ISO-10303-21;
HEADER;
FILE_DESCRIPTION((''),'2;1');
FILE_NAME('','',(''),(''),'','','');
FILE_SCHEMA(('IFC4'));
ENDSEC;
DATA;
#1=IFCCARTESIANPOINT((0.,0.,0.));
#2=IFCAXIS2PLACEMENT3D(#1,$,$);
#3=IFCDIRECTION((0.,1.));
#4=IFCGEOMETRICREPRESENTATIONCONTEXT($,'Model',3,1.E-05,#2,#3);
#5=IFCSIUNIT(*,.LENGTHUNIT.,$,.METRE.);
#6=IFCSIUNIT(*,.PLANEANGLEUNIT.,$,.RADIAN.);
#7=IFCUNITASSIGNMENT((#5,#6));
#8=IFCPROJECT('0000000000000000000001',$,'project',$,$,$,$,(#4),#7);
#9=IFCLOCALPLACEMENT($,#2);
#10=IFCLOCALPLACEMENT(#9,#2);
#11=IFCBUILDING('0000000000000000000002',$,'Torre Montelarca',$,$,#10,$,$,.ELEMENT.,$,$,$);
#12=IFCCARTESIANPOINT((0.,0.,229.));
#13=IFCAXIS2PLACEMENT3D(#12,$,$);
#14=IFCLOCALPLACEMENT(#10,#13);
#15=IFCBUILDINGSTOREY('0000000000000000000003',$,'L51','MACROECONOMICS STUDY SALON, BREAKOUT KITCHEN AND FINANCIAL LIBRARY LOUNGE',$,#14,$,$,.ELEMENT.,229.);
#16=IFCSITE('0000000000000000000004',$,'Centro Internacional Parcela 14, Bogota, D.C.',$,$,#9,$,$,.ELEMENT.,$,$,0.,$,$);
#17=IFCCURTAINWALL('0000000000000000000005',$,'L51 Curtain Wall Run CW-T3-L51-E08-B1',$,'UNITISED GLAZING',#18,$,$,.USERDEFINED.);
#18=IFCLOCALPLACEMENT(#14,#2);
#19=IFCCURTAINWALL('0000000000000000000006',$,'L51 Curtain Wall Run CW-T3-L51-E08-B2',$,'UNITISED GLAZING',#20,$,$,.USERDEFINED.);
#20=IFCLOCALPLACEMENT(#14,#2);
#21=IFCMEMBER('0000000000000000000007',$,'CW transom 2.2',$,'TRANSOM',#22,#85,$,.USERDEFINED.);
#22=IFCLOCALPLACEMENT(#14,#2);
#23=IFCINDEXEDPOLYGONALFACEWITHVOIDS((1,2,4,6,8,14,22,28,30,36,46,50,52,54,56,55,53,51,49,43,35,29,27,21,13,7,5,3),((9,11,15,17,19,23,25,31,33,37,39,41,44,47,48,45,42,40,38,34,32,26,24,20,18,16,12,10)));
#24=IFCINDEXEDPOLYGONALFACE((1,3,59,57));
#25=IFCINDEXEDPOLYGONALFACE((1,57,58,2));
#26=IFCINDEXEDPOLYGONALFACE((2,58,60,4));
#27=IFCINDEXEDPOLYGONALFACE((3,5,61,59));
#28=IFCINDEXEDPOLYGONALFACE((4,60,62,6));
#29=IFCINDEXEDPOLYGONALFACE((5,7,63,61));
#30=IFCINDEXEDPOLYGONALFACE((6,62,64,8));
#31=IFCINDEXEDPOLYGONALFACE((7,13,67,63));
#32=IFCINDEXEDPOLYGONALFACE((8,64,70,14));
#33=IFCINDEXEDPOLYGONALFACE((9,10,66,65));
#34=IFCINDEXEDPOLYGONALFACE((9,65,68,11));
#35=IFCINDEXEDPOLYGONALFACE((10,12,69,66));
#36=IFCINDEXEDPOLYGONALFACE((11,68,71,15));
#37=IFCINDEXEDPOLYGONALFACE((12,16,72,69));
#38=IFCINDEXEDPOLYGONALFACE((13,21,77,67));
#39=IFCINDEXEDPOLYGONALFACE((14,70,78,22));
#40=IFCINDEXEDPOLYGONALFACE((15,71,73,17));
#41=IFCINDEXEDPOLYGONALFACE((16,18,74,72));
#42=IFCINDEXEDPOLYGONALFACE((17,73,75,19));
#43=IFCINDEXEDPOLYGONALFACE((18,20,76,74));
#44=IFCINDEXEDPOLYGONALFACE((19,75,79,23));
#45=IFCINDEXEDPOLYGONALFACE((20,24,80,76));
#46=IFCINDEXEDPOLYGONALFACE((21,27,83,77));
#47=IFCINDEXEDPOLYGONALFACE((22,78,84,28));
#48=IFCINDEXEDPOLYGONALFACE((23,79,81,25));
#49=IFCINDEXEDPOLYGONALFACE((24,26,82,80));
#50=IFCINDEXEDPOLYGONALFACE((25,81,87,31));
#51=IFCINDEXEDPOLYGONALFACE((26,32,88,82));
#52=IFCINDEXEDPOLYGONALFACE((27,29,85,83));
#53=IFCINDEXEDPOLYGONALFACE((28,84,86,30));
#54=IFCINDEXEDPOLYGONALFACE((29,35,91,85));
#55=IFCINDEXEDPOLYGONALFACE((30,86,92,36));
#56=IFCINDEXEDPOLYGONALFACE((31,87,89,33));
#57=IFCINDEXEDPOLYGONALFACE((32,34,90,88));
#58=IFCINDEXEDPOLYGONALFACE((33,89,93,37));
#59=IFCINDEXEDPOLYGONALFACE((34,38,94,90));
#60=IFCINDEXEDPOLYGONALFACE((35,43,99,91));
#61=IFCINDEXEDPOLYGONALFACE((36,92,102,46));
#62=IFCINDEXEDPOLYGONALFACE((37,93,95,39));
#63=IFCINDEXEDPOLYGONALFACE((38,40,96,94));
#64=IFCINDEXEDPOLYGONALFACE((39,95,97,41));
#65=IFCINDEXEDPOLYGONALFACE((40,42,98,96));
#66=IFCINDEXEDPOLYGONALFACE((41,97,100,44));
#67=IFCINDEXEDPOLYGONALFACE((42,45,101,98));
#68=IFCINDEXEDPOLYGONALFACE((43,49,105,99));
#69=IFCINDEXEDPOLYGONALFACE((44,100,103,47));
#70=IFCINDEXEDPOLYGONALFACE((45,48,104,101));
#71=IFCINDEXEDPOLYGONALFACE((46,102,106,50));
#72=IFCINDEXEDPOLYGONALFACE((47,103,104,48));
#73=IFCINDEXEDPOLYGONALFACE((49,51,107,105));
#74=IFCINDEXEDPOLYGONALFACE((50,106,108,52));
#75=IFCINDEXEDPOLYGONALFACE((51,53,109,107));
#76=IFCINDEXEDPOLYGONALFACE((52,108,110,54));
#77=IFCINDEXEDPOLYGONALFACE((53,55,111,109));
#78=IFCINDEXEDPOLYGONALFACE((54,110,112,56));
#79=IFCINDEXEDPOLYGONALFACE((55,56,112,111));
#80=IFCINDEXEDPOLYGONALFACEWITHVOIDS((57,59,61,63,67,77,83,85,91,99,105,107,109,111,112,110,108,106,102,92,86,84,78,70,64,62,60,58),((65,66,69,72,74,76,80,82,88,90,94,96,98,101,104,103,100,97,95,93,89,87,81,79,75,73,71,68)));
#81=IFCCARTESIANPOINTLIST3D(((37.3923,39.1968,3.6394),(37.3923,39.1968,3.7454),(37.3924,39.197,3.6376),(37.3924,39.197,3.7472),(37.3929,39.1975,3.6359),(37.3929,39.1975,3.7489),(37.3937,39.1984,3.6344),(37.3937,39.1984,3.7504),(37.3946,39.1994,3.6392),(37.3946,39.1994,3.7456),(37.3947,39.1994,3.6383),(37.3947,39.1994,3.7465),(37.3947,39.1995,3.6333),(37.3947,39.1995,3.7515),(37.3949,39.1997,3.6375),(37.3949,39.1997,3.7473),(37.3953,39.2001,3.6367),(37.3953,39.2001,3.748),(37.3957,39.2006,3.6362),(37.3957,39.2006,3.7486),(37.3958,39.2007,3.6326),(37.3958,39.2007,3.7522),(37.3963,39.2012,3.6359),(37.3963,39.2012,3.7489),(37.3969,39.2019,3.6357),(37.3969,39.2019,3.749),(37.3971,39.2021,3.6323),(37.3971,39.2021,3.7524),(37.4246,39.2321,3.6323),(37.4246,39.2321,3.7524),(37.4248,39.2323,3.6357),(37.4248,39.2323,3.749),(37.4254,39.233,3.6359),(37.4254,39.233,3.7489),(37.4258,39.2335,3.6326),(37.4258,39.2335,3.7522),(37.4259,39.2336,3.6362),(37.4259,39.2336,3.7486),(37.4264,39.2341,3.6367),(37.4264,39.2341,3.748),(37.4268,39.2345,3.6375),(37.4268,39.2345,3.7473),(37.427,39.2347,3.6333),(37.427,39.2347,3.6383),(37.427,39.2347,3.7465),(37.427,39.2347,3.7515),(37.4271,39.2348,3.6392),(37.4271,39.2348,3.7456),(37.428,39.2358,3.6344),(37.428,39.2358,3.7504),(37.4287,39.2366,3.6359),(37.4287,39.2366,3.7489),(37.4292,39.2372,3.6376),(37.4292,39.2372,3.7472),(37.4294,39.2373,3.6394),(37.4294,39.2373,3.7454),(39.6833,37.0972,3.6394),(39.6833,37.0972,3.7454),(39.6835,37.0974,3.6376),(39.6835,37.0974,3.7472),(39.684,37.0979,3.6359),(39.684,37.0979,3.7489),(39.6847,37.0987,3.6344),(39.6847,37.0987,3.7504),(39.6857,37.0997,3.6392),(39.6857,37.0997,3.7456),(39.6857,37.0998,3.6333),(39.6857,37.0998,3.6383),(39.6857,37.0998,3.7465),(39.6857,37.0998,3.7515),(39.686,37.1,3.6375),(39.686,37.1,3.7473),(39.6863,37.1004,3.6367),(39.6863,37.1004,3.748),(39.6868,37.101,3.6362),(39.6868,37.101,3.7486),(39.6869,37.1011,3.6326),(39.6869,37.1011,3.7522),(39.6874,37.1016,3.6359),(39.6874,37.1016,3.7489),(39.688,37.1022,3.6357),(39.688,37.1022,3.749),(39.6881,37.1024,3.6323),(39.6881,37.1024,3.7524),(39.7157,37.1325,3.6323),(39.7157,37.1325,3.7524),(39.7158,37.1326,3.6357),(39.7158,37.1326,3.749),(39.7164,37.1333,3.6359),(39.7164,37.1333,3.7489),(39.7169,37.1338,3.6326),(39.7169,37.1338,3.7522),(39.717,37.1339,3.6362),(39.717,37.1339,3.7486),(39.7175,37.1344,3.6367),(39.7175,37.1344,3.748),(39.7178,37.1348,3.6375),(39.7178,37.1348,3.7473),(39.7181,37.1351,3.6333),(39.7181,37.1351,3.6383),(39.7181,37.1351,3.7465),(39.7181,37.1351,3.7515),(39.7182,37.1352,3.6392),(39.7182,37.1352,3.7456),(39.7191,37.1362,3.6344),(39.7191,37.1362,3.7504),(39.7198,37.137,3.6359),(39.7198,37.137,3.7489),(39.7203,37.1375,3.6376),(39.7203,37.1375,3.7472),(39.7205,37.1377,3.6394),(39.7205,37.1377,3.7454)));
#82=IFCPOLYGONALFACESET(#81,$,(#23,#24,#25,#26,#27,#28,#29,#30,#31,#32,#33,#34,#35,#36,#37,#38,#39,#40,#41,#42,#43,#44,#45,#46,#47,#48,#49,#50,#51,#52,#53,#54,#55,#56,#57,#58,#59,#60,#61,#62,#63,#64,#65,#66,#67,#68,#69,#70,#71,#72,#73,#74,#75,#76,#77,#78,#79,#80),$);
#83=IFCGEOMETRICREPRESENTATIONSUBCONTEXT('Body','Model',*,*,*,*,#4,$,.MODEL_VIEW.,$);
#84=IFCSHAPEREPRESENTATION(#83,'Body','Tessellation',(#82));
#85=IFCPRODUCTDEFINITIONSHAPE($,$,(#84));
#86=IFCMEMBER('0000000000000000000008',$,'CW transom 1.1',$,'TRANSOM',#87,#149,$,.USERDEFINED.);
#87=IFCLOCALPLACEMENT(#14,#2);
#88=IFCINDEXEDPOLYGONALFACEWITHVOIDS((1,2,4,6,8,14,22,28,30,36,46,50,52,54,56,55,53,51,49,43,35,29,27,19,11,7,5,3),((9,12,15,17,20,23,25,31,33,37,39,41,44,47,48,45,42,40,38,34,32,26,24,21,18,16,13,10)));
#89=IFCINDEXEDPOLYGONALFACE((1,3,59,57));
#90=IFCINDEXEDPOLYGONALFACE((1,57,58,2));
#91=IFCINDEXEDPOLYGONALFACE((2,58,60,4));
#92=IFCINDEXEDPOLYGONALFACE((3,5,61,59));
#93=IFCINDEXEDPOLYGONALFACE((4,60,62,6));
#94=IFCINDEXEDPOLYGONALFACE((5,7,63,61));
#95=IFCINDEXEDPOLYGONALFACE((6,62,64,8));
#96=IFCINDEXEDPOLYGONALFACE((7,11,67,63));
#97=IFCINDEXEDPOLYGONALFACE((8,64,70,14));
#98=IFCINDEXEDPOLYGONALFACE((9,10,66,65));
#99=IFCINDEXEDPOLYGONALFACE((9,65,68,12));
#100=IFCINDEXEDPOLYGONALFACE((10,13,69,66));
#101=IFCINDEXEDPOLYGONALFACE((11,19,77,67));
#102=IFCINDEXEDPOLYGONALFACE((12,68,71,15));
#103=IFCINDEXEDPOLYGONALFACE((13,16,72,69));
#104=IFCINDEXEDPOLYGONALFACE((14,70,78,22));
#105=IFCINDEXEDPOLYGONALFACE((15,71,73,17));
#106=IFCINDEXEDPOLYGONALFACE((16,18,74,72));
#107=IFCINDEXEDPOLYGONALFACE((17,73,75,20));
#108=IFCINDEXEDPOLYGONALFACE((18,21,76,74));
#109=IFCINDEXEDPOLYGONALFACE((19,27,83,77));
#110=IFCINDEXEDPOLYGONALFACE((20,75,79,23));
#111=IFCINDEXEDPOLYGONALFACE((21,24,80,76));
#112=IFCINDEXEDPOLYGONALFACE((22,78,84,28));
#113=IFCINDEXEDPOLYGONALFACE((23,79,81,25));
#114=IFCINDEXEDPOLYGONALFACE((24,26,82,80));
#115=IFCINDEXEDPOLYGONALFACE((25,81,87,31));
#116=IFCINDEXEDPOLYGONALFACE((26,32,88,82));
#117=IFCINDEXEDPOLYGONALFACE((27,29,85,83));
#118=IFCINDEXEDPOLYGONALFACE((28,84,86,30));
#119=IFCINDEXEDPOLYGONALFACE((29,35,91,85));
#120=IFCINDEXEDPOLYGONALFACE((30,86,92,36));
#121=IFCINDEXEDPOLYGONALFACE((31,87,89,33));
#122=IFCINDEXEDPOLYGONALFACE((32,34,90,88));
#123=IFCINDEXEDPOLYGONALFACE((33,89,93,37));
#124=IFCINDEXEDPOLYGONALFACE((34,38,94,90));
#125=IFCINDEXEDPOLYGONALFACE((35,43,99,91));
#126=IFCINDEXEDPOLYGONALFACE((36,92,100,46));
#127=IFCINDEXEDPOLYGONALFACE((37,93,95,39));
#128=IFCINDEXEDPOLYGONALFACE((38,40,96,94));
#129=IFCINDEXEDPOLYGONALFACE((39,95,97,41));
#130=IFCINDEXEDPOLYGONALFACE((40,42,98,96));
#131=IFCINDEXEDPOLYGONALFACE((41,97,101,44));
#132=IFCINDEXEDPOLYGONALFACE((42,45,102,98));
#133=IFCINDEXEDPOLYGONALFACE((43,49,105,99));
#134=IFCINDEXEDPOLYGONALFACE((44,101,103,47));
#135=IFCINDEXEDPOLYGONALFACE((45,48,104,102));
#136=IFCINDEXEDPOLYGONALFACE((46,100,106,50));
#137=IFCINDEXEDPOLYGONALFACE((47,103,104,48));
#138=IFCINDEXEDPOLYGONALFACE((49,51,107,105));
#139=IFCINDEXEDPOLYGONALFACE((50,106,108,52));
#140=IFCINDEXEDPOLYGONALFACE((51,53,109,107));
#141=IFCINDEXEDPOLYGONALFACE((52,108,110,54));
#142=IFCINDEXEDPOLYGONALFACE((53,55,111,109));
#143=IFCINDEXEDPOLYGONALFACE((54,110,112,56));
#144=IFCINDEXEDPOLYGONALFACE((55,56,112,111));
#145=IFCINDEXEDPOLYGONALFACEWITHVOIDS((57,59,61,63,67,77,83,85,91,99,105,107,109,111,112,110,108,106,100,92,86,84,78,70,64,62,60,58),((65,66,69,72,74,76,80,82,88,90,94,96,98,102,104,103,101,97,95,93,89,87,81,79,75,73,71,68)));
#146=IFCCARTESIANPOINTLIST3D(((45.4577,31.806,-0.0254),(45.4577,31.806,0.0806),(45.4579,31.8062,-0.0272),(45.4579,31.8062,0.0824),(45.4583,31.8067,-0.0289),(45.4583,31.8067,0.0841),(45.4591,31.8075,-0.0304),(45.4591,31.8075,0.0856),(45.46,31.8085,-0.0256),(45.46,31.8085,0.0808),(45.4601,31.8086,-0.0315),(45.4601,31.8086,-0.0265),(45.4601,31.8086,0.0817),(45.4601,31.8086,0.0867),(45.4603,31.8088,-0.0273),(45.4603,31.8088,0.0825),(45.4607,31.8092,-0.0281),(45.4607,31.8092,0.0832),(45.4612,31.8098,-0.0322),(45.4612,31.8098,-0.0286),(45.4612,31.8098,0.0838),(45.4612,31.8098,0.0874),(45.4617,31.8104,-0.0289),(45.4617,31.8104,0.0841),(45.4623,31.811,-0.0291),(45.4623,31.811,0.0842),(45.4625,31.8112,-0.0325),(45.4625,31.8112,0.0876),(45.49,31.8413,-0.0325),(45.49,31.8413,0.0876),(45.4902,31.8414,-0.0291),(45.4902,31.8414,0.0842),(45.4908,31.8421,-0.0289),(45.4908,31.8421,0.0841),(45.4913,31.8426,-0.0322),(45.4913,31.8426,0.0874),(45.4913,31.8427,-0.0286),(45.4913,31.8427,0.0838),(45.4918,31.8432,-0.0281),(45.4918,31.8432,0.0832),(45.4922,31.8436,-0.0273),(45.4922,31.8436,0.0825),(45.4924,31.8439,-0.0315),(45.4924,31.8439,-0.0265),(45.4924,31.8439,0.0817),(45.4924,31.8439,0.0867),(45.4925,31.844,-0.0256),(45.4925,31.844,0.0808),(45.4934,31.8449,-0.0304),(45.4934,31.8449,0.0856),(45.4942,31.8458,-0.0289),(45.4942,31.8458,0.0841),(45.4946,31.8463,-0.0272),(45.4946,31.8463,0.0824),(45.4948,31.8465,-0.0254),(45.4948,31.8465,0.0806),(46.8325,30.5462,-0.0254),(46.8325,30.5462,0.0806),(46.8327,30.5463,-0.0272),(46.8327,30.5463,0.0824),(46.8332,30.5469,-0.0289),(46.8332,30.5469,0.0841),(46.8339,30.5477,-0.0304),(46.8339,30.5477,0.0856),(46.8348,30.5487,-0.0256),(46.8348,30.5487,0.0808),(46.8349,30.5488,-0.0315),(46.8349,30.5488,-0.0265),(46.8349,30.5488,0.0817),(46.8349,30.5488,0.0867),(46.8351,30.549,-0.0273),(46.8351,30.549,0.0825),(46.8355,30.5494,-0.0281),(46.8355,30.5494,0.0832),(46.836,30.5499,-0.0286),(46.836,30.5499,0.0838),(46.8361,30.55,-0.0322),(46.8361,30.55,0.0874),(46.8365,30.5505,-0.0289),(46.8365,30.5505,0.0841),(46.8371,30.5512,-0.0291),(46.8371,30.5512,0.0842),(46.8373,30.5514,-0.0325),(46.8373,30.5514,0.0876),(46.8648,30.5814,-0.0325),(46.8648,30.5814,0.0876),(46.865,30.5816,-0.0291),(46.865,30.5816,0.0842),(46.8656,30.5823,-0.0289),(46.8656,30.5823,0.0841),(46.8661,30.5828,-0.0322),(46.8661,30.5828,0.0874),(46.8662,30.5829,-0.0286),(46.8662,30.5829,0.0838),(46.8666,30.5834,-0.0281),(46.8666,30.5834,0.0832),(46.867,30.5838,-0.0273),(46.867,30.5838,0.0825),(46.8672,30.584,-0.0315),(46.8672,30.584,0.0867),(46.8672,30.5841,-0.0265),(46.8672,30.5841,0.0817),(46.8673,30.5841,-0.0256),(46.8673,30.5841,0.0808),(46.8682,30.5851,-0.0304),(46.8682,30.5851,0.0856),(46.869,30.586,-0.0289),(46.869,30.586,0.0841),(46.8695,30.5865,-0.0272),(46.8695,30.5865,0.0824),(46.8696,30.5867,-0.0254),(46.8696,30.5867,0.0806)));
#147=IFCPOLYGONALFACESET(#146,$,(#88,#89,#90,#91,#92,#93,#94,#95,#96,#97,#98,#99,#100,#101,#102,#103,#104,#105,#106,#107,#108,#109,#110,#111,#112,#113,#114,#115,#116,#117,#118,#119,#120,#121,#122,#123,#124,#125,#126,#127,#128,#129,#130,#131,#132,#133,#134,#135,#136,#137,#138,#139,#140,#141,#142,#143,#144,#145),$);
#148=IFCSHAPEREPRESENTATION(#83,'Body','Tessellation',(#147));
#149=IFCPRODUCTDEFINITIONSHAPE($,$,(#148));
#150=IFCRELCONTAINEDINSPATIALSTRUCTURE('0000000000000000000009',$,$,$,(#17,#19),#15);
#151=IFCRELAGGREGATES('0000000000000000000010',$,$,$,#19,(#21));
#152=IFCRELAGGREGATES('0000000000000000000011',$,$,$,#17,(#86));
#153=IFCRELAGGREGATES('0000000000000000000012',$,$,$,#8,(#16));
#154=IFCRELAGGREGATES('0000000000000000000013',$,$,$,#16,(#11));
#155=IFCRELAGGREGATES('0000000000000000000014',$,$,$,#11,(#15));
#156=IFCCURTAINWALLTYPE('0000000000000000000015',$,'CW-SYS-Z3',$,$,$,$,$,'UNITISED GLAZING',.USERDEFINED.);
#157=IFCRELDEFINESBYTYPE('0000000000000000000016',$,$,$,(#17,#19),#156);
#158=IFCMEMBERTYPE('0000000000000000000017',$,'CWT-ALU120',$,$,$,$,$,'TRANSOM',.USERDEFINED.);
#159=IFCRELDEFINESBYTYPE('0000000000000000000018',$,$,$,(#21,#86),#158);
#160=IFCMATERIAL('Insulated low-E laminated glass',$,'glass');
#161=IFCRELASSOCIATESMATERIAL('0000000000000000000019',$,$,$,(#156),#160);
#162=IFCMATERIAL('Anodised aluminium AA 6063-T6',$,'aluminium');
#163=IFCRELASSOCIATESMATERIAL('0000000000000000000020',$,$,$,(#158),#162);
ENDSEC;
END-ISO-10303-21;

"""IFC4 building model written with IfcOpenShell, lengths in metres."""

from ifc_helpers import new_model, si_unit, direction, frame, origin, origin_2d, place, context, subcontext, project, spatial, hollow_rectangle, extrude, source, transform, mapped, material, material_profile, profile_set, type_object, element, aggregate, save


model = new_model("IFC4")

# Units and contexts
model_context = context("Model", 3, precision=1e-05, world=origin(), true_north=direction((0.0, 1.0)))
body_context = subcontext(model_context, "Body", "Model", "MODEL_VIEW")
ifc_project = project(units=[si_unit("LENGTHUNIT", "METRE"), si_unit("PLANEANGLEUNIT", "RADIAN")], contexts=[model_context])

# Site, building, storey
site_placement = place(None, origin())
site = spatial("IfcSite", under=ifc_project, at=site_placement, Name="Centro Internacional Parcela 14, Bogota, D.C.", CompositionType="ELEMENT", RefElevation=0.0)
building_placement = place(site_placement, origin())
building = spatial("IfcBuilding", under=site, at=building_placement, Name="Torre Montelarca", CompositionType="ELEMENT")
storey_placement = place(building_placement, frame((0.0, 0.0, 229.0)))
storey = spatial("IfcBuildingStorey", under=building, at=storey_placement, Name="L51", Description="MACROECONOMICS STUDY SALON, BREAKOUT KITCHEN AND FINANCIAL LIBRARY LOUNGE", CompositionType="ELEMENT", Elevation=229.0)

# Curtain walls
ifc_material_1 = material(Name="Insulated low-E laminated glass", Category="glass")
curtain_wall_type = type_object("IfcCurtainWallType", Name="CW-SYS-Z3", ElementType="UNITISED GLAZING", PredefinedType="USERDEFINED", material=ifc_material_1)
curtain_wall_1_placement = place(storey_placement, origin())
curtain_wall_1 = element("IfcCurtainWall", 1, at=curtain_wall_1_placement, inside=storey, type_object=curtain_wall_type, Name="L51 Curtain Wall Run CW-T3-L51-E08-B1", ObjectType="UNITISED GLAZING", PredefinedType="USERDEFINED")
ifc_material_2 = material(Name="Anodised aluminium AA 6063-T6", Category="aluminium")
curtain_wall_2_placement = place(storey_placement, origin())
curtain_wall_2 = element("IfcCurtainWall", 2, at=curtain_wall_2_placement, inside=storey, type_object=curtain_wall_type, Name="L51 Curtain Wall Run CW-T3-L51-E08-B2", ObjectType="UNITISED GLAZING", PredefinedType="USERDEFINED")

# Members
ifc_material_profile_1 = material_profile(ifc_material_2, hollow_rectangle(XDim=0.0549, YDim=0.1201, WallThickness=0.0034, InnerFilletRadius=0.0034, OuterFilletRadius=0.0071, at=origin_2d()), Name="ALU55X120X3.5", Category="aluminium")
ifc_profile_set_1 = profile_set([ifc_material_profile_1], Name="Anodised aluminium AA 6063-T6")
member_type_1 = type_object("IfcMemberType", Name="CWT-ALU120", ElementType="TRANSOM", PredefinedType="USERDEFINED", material=ifc_profile_set_1)
shared_shape_1 = source(origin(), body_context, "Body", "SweptSolid", [
    extrude(hollow_rectangle(XDim=0.0549, YDim=0.1201, WallThickness=0.0034, InnerFilletRadius=0.0034, OuterFilletRadius=0.0071, at=origin_2d()), origin(), (0.0, 0.0, 1.0), 3.1077),
])
member_1_placement = place(storey_placement, frame((39.7019, 37.1174, 3.6924), z_axis=(-0.737232, 0.675639, 0.0), x_axis=(-0.675639, -0.737232, 0.0)))
member_1 = element("IfcMember", 3, at=member_1_placement, type_object=member_type_1, Name="CW transom 2.2", ObjectType="TRANSOM", PredefinedType="USERDEFINED", context=body_context, shape_type="MappedRepresentation", body=[
    mapped(shared_shape_1, transform((0.0, 0.0, 0.0), scale=1.0)),
])
shared_shape_2 = source(origin(), body_context, "Body", "SweptSolid", [
    extrude(hollow_rectangle(XDim=0.0549, YDim=0.1201, WallThickness=0.0034, InnerFilletRadius=0.0034, OuterFilletRadius=0.0071, at=origin_2d()), origin(), (0.0, 0.0, 1.0), 1.8647),
])
member_2_placement = place(storey_placement, frame((46.8511, 30.5664, 0.0276), z_axis=(-0.737268, 0.6756, 0.0), x_axis=(-0.6756, -0.737268, 0.0)))
member_2 = element("IfcMember", 4, at=member_2_placement, type_object=member_type_1, Name="CW transom 1.1", ObjectType="TRANSOM", PredefinedType="USERDEFINED", context=body_context, shape_type="MappedRepresentation", body=[
    mapped(shared_shape_2, transform((0.0, 0.0, 0.0), scale=1.0)),
])

aggregate(curtain_wall_2, [member_1])
aggregate(curtain_wall_1, [member_2])

save(model, "model.ifc")
